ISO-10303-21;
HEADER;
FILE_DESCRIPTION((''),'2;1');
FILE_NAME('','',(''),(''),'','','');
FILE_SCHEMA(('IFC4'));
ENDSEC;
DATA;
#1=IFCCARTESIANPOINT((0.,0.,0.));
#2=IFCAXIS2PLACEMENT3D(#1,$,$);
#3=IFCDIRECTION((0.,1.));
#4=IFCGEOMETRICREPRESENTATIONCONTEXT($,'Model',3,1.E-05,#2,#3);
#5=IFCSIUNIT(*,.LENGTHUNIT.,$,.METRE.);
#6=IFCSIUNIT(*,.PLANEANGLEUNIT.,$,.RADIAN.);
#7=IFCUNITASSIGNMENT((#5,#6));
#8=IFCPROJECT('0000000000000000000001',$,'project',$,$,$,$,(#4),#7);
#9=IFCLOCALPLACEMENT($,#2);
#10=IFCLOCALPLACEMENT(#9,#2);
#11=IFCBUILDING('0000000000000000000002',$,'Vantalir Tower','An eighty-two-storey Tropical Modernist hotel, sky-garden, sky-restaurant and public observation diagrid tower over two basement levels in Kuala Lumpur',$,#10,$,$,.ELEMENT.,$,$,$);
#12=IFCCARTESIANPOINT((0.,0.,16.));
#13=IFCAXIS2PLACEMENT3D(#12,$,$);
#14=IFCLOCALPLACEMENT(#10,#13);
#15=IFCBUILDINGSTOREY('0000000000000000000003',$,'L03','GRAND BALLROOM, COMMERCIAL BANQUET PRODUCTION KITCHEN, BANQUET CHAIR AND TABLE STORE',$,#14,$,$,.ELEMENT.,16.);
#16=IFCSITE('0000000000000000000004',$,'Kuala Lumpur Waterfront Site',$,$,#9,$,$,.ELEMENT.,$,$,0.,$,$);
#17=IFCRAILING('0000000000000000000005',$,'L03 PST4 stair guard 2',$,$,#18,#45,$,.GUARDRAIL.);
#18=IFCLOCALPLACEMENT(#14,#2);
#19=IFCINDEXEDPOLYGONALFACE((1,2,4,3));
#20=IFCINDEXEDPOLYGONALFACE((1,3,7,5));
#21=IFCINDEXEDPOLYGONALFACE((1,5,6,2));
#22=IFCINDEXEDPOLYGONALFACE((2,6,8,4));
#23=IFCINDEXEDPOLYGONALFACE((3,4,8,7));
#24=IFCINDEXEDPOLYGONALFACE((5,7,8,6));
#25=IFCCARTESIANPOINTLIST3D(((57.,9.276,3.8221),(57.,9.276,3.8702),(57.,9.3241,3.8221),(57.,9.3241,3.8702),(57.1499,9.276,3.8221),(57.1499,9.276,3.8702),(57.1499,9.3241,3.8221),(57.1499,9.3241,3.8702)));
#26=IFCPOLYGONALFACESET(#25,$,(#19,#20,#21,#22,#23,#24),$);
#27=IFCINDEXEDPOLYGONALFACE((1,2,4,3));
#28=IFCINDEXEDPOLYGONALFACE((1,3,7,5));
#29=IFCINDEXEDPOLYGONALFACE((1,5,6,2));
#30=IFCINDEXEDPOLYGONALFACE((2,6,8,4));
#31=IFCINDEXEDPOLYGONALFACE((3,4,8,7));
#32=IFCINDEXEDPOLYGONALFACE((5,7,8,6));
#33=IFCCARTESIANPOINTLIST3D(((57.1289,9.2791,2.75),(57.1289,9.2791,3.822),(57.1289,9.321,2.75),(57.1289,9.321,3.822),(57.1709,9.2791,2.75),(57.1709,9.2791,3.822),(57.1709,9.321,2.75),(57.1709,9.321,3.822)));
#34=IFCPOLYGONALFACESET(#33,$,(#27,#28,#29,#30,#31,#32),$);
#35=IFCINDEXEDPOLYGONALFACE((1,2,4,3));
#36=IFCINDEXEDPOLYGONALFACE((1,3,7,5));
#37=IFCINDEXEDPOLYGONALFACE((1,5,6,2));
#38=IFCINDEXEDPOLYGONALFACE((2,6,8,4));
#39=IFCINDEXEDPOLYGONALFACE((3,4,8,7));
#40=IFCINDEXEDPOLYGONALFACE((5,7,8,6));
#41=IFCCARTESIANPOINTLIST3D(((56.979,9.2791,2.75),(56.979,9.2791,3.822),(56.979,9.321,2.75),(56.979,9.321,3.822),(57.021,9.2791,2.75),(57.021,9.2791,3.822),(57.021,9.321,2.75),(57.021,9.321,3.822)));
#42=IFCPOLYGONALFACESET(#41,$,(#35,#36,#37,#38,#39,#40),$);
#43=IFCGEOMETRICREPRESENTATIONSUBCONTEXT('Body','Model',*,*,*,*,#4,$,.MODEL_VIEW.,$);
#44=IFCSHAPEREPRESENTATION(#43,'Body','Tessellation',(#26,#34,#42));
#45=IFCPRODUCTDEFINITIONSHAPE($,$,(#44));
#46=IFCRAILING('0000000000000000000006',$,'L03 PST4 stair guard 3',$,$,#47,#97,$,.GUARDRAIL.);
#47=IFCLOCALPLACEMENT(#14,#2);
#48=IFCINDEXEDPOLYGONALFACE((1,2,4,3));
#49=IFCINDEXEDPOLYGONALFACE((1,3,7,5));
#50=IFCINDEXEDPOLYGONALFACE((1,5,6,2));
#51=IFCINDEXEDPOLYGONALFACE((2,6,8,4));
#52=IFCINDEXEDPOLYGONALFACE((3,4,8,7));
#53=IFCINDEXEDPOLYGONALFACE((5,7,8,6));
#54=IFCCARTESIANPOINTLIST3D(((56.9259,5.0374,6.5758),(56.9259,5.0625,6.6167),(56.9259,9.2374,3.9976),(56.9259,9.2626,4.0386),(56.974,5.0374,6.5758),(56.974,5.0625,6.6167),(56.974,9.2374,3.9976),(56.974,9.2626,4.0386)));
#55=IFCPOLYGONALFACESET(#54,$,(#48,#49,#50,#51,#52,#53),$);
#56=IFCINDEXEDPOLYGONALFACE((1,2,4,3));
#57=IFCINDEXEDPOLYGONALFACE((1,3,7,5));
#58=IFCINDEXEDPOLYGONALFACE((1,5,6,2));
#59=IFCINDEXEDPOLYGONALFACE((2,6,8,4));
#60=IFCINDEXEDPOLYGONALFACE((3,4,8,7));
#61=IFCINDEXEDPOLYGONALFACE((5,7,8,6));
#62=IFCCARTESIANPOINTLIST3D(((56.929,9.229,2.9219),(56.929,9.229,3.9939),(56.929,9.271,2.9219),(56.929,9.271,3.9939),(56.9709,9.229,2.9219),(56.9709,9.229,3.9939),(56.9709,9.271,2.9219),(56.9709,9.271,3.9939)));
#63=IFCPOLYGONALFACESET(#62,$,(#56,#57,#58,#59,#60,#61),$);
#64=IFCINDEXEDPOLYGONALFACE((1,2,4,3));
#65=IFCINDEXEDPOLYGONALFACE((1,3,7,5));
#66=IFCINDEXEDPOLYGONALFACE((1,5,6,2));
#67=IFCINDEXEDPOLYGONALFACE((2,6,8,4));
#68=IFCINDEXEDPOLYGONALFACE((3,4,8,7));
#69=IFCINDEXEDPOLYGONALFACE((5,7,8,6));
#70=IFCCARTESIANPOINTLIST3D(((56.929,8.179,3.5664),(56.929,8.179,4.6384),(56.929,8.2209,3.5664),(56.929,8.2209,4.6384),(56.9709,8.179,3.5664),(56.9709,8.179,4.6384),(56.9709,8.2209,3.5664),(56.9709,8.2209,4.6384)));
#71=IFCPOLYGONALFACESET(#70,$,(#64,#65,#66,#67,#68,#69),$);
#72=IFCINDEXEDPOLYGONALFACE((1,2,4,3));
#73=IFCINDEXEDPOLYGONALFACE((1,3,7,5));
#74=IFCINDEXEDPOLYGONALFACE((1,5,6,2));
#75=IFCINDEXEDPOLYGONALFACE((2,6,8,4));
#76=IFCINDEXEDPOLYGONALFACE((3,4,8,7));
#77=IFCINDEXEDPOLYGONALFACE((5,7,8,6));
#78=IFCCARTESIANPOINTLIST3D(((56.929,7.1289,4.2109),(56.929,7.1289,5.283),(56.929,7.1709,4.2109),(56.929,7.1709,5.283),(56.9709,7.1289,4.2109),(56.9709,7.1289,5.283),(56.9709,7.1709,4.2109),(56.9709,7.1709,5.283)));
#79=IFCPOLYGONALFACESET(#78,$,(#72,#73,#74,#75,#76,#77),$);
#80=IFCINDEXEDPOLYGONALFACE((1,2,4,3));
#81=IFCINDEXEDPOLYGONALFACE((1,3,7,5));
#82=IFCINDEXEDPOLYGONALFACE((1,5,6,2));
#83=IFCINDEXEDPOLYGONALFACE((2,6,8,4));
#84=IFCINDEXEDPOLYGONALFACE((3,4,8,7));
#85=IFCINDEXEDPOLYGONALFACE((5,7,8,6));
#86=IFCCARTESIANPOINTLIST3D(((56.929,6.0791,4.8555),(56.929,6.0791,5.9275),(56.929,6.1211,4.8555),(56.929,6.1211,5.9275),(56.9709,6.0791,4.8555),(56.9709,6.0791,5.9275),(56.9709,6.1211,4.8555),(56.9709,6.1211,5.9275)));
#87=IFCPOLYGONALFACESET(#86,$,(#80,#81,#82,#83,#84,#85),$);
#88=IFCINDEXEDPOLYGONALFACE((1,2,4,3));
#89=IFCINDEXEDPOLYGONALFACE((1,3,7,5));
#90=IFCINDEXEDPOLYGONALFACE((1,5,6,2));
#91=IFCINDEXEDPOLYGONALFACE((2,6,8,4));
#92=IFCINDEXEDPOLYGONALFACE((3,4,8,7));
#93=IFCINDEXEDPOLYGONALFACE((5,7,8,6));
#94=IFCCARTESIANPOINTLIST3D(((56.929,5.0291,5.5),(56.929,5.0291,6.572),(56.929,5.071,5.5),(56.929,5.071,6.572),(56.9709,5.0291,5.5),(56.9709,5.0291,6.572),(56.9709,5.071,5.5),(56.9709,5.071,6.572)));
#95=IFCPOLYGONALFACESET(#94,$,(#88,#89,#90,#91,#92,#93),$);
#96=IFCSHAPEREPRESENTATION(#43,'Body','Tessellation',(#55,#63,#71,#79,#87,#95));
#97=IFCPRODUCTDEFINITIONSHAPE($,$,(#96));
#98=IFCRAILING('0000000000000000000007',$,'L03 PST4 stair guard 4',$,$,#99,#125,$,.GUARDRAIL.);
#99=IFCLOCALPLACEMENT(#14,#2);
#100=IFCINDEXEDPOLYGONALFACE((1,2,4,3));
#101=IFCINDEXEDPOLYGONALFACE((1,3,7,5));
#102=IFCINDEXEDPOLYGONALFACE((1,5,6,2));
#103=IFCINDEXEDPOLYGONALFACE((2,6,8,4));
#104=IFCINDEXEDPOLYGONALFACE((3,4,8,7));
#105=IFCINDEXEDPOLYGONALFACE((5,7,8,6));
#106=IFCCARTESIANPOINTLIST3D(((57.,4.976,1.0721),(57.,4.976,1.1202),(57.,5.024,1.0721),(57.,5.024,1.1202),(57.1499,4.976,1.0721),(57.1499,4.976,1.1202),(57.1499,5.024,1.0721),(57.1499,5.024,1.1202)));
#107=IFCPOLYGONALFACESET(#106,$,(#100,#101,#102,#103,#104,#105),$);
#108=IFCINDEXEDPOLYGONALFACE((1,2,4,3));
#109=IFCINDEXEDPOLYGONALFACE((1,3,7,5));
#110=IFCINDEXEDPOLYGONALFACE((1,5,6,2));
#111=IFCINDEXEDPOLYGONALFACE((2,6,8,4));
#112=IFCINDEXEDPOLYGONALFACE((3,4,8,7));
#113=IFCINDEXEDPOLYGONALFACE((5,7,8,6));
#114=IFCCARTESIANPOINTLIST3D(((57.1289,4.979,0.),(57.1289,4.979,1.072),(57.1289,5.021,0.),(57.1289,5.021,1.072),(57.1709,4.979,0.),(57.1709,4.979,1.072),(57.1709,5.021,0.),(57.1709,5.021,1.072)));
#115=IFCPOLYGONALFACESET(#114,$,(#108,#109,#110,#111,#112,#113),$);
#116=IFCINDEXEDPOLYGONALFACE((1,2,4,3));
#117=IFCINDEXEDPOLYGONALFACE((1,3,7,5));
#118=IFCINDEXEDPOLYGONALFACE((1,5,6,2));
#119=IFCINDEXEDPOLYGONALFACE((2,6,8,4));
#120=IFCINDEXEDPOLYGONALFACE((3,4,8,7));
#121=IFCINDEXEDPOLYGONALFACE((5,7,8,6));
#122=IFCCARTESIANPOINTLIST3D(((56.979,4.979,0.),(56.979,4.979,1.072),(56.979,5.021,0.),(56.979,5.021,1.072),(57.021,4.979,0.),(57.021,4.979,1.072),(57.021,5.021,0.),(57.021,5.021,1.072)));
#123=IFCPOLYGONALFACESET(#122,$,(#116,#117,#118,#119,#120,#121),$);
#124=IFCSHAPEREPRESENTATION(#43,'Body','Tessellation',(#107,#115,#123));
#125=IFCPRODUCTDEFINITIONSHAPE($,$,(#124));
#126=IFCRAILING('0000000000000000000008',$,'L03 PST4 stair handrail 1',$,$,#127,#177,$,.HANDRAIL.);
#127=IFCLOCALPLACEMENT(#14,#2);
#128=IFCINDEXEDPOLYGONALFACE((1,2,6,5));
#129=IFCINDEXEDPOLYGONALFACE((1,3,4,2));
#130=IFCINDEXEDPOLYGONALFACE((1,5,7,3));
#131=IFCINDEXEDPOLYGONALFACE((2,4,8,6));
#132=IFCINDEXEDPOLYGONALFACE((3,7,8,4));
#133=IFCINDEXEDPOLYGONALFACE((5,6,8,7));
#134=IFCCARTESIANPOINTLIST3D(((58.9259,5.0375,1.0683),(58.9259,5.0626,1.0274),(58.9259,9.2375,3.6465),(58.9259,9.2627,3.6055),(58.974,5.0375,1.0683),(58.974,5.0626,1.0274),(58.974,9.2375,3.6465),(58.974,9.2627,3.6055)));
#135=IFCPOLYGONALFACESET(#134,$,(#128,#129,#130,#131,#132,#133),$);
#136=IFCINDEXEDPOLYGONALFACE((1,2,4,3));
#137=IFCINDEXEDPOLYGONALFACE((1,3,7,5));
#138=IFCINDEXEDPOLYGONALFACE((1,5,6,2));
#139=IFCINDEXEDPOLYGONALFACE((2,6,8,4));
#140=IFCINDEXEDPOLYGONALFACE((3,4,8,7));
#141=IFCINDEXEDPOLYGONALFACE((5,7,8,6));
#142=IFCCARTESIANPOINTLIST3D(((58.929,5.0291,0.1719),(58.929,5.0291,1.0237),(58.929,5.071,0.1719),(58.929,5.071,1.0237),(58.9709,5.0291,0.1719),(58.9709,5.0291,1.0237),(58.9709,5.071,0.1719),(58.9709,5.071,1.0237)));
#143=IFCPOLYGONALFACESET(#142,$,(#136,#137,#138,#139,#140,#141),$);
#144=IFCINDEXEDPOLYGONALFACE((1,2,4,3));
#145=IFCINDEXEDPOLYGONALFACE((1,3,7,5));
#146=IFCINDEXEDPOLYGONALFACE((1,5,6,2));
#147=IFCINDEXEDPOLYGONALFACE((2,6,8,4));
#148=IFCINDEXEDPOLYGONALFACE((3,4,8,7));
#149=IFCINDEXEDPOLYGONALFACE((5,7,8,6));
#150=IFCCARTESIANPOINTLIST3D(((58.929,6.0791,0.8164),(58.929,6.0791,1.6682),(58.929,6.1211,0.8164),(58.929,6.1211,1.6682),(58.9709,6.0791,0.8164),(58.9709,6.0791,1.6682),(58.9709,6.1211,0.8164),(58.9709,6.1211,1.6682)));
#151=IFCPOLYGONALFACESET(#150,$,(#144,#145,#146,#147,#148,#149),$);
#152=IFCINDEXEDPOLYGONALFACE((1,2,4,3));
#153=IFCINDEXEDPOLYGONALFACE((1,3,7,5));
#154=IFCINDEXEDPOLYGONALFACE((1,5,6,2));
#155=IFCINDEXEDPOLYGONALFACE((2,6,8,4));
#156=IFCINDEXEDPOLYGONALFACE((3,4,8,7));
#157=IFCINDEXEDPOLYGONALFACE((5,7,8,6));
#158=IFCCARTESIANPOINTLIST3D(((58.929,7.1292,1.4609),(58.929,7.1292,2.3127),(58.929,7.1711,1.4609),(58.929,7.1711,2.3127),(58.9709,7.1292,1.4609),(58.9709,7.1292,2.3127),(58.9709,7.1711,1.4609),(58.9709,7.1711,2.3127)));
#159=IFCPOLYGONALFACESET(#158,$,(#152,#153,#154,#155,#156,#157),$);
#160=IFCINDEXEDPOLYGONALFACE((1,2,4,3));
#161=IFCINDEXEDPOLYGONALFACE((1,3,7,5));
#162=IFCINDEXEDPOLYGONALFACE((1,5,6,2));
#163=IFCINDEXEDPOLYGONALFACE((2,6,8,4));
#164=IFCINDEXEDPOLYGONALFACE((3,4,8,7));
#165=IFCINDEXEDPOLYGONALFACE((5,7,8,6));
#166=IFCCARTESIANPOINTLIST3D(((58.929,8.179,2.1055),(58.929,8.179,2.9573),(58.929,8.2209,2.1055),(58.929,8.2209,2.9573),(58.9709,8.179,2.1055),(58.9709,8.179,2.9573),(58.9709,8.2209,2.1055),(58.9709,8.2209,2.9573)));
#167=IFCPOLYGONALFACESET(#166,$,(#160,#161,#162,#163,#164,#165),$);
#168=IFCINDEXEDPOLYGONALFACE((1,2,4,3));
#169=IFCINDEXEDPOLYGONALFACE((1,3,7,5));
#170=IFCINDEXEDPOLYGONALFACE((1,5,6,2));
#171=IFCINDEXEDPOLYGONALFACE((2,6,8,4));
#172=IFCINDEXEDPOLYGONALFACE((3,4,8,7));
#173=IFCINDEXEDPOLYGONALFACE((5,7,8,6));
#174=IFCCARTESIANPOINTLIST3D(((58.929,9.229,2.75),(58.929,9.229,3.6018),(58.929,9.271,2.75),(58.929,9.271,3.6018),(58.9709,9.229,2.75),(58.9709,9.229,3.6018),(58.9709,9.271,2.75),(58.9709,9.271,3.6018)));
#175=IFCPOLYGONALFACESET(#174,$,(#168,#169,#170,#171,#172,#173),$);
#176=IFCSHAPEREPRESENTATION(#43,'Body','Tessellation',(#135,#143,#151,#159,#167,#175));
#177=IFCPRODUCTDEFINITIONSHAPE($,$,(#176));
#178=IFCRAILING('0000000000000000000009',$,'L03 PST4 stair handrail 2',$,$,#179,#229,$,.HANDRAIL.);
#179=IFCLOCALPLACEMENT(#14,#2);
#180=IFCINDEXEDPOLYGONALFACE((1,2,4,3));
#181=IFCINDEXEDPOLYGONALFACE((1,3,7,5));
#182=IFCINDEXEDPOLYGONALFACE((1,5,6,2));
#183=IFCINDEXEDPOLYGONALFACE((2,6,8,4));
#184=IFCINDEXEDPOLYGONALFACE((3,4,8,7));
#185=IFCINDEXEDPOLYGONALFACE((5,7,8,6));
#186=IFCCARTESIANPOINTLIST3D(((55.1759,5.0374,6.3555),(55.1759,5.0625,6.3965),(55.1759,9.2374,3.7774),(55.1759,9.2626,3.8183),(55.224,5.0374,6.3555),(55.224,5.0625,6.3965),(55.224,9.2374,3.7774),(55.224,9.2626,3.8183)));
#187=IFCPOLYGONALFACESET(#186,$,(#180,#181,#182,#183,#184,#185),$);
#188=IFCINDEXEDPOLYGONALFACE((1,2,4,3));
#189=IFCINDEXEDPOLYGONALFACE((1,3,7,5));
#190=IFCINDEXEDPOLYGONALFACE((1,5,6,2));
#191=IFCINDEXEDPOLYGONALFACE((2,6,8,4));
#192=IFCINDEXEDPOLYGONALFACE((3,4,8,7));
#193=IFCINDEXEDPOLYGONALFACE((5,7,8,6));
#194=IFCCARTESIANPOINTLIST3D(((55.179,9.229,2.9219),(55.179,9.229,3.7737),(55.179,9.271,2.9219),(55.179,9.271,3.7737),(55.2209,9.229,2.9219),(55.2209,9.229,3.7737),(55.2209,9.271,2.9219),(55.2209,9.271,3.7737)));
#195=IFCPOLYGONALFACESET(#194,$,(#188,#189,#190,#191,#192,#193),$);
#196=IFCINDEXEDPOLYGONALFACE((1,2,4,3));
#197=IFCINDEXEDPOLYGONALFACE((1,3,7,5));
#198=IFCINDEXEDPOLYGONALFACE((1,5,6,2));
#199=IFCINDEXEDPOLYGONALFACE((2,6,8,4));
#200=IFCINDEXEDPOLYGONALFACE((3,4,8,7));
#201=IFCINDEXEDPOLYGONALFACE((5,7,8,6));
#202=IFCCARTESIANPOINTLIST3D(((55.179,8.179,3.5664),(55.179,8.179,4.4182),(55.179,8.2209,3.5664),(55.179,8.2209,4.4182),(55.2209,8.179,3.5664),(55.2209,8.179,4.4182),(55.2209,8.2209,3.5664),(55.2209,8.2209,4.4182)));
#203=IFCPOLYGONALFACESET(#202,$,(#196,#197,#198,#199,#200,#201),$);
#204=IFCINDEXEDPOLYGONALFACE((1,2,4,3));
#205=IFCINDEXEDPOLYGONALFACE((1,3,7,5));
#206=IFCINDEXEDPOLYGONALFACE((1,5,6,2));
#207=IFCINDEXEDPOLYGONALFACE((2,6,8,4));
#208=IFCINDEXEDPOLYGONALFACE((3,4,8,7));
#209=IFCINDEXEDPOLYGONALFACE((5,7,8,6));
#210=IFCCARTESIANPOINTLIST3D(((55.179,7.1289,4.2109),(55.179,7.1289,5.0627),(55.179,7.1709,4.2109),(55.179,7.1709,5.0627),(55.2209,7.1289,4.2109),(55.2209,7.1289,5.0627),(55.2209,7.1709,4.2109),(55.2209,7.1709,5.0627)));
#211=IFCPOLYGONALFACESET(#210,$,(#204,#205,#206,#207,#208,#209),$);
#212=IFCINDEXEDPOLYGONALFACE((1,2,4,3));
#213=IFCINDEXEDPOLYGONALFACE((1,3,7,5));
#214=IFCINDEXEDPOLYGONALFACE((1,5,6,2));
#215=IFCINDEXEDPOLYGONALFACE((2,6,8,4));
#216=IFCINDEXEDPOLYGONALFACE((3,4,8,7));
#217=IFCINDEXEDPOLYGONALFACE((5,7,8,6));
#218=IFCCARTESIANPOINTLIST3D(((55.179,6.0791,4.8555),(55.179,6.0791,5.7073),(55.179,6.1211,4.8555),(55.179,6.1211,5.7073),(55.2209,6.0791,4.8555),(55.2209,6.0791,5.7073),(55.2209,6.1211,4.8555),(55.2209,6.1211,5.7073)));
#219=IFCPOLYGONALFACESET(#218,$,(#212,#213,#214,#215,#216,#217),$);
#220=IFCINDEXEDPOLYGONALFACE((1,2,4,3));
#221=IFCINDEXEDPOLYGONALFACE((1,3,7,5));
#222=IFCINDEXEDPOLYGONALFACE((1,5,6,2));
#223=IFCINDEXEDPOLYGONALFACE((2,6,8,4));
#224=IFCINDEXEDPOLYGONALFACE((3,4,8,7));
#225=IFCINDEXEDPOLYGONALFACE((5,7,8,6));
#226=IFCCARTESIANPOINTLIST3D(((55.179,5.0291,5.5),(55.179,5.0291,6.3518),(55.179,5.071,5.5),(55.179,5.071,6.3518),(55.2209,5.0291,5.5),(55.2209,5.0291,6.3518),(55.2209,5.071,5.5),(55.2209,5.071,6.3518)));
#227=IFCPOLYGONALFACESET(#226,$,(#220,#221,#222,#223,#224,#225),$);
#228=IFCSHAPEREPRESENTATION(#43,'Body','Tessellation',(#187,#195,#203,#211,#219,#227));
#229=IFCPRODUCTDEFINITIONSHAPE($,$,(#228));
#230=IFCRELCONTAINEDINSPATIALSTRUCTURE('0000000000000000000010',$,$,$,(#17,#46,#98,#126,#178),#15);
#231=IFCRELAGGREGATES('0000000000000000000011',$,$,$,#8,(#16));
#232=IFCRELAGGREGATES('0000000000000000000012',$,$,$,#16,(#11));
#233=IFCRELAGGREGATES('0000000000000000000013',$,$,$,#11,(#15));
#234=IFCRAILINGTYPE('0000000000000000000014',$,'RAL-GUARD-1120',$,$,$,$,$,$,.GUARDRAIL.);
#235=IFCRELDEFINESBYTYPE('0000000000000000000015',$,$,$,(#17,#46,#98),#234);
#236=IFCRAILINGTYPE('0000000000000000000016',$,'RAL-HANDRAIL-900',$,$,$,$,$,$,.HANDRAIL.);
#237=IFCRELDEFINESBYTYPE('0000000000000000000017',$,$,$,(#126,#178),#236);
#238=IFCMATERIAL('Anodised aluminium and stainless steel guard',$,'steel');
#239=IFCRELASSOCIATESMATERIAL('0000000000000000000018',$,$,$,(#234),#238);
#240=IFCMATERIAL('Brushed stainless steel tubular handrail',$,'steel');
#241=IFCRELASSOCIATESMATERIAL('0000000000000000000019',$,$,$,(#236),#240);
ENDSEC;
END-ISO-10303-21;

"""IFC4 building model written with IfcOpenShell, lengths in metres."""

from ifc_helpers import new_model, si_unit, direction, frame, origin, origin_2d, place, context, subcontext, project, spatial, rectangle, extrude, material, type_object, element, save


model = new_model("IFC4")

# Units and contexts
model_context = context("Model", 3, precision=1e-05, world=origin(), true_north=direction((0.0, 1.0)))
body_context = subcontext(model_context, "Body", "Model", "MODEL_VIEW")
ifc_project = project(units=[si_unit("LENGTHUNIT", "METRE"), si_unit("PLANEANGLEUNIT", "RADIAN")], contexts=[model_context])

# Site, building, storey
site_placement = place(None, origin())
site = spatial("IfcSite", under=ifc_project, at=site_placement, Name="Kuala Lumpur Waterfront Site", CompositionType="ELEMENT", RefElevation=0.0)
building_placement = place(site_placement, origin())
building = spatial("IfcBuilding", under=site, at=building_placement, Name="Vantalir Tower", Description="An eighty-two-storey Tropical Modernist hotel, sky-garden, sky-restaurant and public observation diagrid tower over two basement levels in Kuala Lumpur", CompositionType="ELEMENT")
storey_placement = place(building_placement, frame((0.0, 0.0, 16.0)))
storey = spatial("IfcBuildingStorey", under=building, at=storey_placement, Name="L03", Description="GRAND BALLROOM, COMMERCIAL BANQUET PRODUCTION KITCHEN, BANQUET CHAIR AND TABLE STORE", CompositionType="ELEMENT", Elevation=16.0)

# Railings
ifc_material_1 = material(Name="Anodised aluminium and stainless steel guard", Category="steel")
railing_type_1 = type_object("IfcRailingType", Name="RAL-GUARD-1120", PredefinedType="GUARDRAIL", material=ifc_material_1)
railing_1_placement = place(storey_placement, frame((57.1499, 9.3, 2.75)))
element("IfcRailing", 1, at=railing_1_placement, inside=storey, type_object=railing_type_1, Name="L03 PST4 stair guard 2", PredefinedType="GUARDRAIL", context=body_context, shape_type="SweptSolid", body=[
    extrude(rectangle(XDim=0.0481, YDim=0.0481, at=origin_2d()), frame((0.0, 0.0, 1.0962), z_axis=(-1.0, 0.0, 0.0), x_axis=(0.0, -1.0, 0.0)), (0.0, 0.0, 1.0), 0.1499),
    extrude(rectangle(XDim=0.042, YDim=0.042, at=origin_2d()), origin(), (0.0, 0.0, 1.0), 1.072),
    extrude(rectangle(XDim=0.042, YDim=0.042, at=origin_2d()), frame((-0.1499, 0.0, 0.0)), (0.0, 0.0, 1.0), 1.072),
])
railing_2_placement = place(storey_placement, frame((56.95, 9.25, 2.9219)))
element("IfcRailing", 2, at=railing_2_placement, inside=storey, type_object=railing_type_1, Name="L03 PST4 stair guard 3", PredefinedType="GUARDRAIL", context=body_context, shape_type="SweptSolid", body=[
    extrude(rectangle(XDim=0.0481, YDim=0.0481, at=origin_2d()), frame((0.0, 0.0, 1.0962), z_axis=(0.0, -0.852243, 0.523146), x_axis=(1.0, 0.0, 0.0)), (0.0, 0.0, 1.0), 4.9282),
    extrude(rectangle(XDim=0.042, YDim=0.042, at=origin_2d()), origin(), (0.0, 0.0, 1.0), 1.072),
    extrude(rectangle(XDim=0.042, YDim=0.042, at=origin_2d()), frame((0.0, -1.05, 0.6445)), (0.0, 0.0, 1.0), 1.072),
    extrude(rectangle(XDim=0.042, YDim=0.042, at=origin_2d()), frame((0.0, -2.1001, 1.2891)), (0.0, 0.0, 1.0), 1.072),
    extrude(rectangle(XDim=0.042, YDim=0.042, at=origin_2d()), frame((0.0, -3.1499, 1.9336)), (0.0, 0.0, 1.0), 1.072),
    extrude(rectangle(XDim=0.042, YDim=0.042, at=origin_2d()), frame((0.0, -4.2, 2.5781)), (0.0, 0.0, 1.0), 1.072),
])
railing_3_placement = place(storey_placement, frame((57.1499, 5.0, 0.0)))
element("IfcRailing", 3, at=railing_3_placement, inside=storey, type_object=railing_type_1, Name="L03 PST4 stair guard 4", PredefinedType="GUARDRAIL", context=body_context, shape_type="SweptSolid", body=[
    extrude(rectangle(XDim=0.0481, YDim=0.0481, at=origin_2d()), frame((0.0, 0.0, 1.0962), z_axis=(-1.0, 0.0, 0.0), x_axis=(0.0, -1.0, 0.0)), (0.0, 0.0, 1.0), 0.1499),
    extrude(rectangle(XDim=0.042, YDim=0.042, at=origin_2d()), origin(), (0.0, 0.0, 1.0), 1.072),
    extrude(rectangle(XDim=0.042, YDim=0.042, at=origin_2d()), frame((-0.1499, 0.0, 0.0)), (0.0, 0.0, 1.0), 1.072),
])
ifc_material_2 = material(Name="Brushed stainless steel tubular handrail", Category="steel")
railing_type_2 = type_object("IfcRailingType", Name="RAL-HANDRAIL-900", PredefinedType="HANDRAIL", material=ifc_material_2)
railing_4_placement = place(storey_placement, frame((58.95, 5.05, 0.1719)))
element("IfcRailing", 4, at=railing_4_placement, inside=storey, type_object=railing_type_2, Name="L03 PST4 stair handrail 1", PredefinedType="HANDRAIL", context=body_context, shape_type="SweptSolid", body=[
    extrude(rectangle(XDim=0.0481, YDim=0.0481, at=origin_2d()), frame((0.0, 0.0, 0.876), z_axis=(0.0, 0.852243, 0.523146), x_axis=(-1.0, 0.0, 0.0)), (0.0, 0.0, 1.0), 4.9282),
    extrude(rectangle(XDim=0.042, YDim=0.042, at=origin_2d()), origin(), (0.0, 0.0, 1.0), 0.8518),
    extrude(rectangle(XDim=0.042, YDim=0.042, at=origin_2d()), frame((0.0, 1.05, 0.6445)), (0.0, 0.0, 1.0), 0.8518),
    extrude(rectangle(XDim=0.042, YDim=0.042, at=origin_2d()), frame((0.0, 2.1001, 1.2891)), (0.0, 0.0, 1.0), 0.8518),
    extrude(rectangle(XDim=0.042, YDim=0.042, at=origin_2d()), frame((0.0, 3.1499, 1.9336)), (0.0, 0.0, 1.0), 0.8518),
    extrude(rectangle(XDim=0.042, YDim=0.042, at=origin_2d()), frame((0.0, 4.2, 2.5781)), (0.0, 0.0, 1.0), 0.8518),
])
railing_5_placement = place(storey_placement, frame((55.2, 9.25, 2.9219)))
element("IfcRailing", 5, at=railing_5_placement, inside=storey, type_object=railing_type_2, Name="L03 PST4 stair handrail 2", PredefinedType="HANDRAIL", context=body_context, shape_type="SweptSolid", body=[
    extrude(rectangle(XDim=0.0481, YDim=0.0481, at=origin_2d()), frame((0.0, 0.0, 0.876), z_axis=(0.0, -0.852243, 0.523146), x_axis=(1.0, 0.0, 0.0)), (0.0, 0.0, 1.0), 4.9282),
    extrude(rectangle(XDim=0.042, YDim=0.042, at=origin_2d()), origin(), (0.0, 0.0, 1.0), 0.8518),
    extrude(rectangle(XDim=0.042, YDim=0.042, at=origin_2d()), frame((0.0, -1.05, 0.6445)), (0.0, 0.0, 1.0), 0.8518),
    extrude(rectangle(XDim=0.042, YDim=0.042, at=origin_2d()), frame((0.0, -2.1001, 1.2891)), (0.0, 0.0, 1.0), 0.8518),
    extrude(rectangle(XDim=0.042, YDim=0.042, at=origin_2d()), frame((0.0, -3.1499, 1.9336)), (0.0, 0.0, 1.0), 0.8518),
    extrude(rectangle(XDim=0.042, YDim=0.042, at=origin_2d()), frame((0.0, -4.2, 2.5781)), (0.0, 0.0, 1.0), 0.8518),
])

save(model, "model.ifc")
